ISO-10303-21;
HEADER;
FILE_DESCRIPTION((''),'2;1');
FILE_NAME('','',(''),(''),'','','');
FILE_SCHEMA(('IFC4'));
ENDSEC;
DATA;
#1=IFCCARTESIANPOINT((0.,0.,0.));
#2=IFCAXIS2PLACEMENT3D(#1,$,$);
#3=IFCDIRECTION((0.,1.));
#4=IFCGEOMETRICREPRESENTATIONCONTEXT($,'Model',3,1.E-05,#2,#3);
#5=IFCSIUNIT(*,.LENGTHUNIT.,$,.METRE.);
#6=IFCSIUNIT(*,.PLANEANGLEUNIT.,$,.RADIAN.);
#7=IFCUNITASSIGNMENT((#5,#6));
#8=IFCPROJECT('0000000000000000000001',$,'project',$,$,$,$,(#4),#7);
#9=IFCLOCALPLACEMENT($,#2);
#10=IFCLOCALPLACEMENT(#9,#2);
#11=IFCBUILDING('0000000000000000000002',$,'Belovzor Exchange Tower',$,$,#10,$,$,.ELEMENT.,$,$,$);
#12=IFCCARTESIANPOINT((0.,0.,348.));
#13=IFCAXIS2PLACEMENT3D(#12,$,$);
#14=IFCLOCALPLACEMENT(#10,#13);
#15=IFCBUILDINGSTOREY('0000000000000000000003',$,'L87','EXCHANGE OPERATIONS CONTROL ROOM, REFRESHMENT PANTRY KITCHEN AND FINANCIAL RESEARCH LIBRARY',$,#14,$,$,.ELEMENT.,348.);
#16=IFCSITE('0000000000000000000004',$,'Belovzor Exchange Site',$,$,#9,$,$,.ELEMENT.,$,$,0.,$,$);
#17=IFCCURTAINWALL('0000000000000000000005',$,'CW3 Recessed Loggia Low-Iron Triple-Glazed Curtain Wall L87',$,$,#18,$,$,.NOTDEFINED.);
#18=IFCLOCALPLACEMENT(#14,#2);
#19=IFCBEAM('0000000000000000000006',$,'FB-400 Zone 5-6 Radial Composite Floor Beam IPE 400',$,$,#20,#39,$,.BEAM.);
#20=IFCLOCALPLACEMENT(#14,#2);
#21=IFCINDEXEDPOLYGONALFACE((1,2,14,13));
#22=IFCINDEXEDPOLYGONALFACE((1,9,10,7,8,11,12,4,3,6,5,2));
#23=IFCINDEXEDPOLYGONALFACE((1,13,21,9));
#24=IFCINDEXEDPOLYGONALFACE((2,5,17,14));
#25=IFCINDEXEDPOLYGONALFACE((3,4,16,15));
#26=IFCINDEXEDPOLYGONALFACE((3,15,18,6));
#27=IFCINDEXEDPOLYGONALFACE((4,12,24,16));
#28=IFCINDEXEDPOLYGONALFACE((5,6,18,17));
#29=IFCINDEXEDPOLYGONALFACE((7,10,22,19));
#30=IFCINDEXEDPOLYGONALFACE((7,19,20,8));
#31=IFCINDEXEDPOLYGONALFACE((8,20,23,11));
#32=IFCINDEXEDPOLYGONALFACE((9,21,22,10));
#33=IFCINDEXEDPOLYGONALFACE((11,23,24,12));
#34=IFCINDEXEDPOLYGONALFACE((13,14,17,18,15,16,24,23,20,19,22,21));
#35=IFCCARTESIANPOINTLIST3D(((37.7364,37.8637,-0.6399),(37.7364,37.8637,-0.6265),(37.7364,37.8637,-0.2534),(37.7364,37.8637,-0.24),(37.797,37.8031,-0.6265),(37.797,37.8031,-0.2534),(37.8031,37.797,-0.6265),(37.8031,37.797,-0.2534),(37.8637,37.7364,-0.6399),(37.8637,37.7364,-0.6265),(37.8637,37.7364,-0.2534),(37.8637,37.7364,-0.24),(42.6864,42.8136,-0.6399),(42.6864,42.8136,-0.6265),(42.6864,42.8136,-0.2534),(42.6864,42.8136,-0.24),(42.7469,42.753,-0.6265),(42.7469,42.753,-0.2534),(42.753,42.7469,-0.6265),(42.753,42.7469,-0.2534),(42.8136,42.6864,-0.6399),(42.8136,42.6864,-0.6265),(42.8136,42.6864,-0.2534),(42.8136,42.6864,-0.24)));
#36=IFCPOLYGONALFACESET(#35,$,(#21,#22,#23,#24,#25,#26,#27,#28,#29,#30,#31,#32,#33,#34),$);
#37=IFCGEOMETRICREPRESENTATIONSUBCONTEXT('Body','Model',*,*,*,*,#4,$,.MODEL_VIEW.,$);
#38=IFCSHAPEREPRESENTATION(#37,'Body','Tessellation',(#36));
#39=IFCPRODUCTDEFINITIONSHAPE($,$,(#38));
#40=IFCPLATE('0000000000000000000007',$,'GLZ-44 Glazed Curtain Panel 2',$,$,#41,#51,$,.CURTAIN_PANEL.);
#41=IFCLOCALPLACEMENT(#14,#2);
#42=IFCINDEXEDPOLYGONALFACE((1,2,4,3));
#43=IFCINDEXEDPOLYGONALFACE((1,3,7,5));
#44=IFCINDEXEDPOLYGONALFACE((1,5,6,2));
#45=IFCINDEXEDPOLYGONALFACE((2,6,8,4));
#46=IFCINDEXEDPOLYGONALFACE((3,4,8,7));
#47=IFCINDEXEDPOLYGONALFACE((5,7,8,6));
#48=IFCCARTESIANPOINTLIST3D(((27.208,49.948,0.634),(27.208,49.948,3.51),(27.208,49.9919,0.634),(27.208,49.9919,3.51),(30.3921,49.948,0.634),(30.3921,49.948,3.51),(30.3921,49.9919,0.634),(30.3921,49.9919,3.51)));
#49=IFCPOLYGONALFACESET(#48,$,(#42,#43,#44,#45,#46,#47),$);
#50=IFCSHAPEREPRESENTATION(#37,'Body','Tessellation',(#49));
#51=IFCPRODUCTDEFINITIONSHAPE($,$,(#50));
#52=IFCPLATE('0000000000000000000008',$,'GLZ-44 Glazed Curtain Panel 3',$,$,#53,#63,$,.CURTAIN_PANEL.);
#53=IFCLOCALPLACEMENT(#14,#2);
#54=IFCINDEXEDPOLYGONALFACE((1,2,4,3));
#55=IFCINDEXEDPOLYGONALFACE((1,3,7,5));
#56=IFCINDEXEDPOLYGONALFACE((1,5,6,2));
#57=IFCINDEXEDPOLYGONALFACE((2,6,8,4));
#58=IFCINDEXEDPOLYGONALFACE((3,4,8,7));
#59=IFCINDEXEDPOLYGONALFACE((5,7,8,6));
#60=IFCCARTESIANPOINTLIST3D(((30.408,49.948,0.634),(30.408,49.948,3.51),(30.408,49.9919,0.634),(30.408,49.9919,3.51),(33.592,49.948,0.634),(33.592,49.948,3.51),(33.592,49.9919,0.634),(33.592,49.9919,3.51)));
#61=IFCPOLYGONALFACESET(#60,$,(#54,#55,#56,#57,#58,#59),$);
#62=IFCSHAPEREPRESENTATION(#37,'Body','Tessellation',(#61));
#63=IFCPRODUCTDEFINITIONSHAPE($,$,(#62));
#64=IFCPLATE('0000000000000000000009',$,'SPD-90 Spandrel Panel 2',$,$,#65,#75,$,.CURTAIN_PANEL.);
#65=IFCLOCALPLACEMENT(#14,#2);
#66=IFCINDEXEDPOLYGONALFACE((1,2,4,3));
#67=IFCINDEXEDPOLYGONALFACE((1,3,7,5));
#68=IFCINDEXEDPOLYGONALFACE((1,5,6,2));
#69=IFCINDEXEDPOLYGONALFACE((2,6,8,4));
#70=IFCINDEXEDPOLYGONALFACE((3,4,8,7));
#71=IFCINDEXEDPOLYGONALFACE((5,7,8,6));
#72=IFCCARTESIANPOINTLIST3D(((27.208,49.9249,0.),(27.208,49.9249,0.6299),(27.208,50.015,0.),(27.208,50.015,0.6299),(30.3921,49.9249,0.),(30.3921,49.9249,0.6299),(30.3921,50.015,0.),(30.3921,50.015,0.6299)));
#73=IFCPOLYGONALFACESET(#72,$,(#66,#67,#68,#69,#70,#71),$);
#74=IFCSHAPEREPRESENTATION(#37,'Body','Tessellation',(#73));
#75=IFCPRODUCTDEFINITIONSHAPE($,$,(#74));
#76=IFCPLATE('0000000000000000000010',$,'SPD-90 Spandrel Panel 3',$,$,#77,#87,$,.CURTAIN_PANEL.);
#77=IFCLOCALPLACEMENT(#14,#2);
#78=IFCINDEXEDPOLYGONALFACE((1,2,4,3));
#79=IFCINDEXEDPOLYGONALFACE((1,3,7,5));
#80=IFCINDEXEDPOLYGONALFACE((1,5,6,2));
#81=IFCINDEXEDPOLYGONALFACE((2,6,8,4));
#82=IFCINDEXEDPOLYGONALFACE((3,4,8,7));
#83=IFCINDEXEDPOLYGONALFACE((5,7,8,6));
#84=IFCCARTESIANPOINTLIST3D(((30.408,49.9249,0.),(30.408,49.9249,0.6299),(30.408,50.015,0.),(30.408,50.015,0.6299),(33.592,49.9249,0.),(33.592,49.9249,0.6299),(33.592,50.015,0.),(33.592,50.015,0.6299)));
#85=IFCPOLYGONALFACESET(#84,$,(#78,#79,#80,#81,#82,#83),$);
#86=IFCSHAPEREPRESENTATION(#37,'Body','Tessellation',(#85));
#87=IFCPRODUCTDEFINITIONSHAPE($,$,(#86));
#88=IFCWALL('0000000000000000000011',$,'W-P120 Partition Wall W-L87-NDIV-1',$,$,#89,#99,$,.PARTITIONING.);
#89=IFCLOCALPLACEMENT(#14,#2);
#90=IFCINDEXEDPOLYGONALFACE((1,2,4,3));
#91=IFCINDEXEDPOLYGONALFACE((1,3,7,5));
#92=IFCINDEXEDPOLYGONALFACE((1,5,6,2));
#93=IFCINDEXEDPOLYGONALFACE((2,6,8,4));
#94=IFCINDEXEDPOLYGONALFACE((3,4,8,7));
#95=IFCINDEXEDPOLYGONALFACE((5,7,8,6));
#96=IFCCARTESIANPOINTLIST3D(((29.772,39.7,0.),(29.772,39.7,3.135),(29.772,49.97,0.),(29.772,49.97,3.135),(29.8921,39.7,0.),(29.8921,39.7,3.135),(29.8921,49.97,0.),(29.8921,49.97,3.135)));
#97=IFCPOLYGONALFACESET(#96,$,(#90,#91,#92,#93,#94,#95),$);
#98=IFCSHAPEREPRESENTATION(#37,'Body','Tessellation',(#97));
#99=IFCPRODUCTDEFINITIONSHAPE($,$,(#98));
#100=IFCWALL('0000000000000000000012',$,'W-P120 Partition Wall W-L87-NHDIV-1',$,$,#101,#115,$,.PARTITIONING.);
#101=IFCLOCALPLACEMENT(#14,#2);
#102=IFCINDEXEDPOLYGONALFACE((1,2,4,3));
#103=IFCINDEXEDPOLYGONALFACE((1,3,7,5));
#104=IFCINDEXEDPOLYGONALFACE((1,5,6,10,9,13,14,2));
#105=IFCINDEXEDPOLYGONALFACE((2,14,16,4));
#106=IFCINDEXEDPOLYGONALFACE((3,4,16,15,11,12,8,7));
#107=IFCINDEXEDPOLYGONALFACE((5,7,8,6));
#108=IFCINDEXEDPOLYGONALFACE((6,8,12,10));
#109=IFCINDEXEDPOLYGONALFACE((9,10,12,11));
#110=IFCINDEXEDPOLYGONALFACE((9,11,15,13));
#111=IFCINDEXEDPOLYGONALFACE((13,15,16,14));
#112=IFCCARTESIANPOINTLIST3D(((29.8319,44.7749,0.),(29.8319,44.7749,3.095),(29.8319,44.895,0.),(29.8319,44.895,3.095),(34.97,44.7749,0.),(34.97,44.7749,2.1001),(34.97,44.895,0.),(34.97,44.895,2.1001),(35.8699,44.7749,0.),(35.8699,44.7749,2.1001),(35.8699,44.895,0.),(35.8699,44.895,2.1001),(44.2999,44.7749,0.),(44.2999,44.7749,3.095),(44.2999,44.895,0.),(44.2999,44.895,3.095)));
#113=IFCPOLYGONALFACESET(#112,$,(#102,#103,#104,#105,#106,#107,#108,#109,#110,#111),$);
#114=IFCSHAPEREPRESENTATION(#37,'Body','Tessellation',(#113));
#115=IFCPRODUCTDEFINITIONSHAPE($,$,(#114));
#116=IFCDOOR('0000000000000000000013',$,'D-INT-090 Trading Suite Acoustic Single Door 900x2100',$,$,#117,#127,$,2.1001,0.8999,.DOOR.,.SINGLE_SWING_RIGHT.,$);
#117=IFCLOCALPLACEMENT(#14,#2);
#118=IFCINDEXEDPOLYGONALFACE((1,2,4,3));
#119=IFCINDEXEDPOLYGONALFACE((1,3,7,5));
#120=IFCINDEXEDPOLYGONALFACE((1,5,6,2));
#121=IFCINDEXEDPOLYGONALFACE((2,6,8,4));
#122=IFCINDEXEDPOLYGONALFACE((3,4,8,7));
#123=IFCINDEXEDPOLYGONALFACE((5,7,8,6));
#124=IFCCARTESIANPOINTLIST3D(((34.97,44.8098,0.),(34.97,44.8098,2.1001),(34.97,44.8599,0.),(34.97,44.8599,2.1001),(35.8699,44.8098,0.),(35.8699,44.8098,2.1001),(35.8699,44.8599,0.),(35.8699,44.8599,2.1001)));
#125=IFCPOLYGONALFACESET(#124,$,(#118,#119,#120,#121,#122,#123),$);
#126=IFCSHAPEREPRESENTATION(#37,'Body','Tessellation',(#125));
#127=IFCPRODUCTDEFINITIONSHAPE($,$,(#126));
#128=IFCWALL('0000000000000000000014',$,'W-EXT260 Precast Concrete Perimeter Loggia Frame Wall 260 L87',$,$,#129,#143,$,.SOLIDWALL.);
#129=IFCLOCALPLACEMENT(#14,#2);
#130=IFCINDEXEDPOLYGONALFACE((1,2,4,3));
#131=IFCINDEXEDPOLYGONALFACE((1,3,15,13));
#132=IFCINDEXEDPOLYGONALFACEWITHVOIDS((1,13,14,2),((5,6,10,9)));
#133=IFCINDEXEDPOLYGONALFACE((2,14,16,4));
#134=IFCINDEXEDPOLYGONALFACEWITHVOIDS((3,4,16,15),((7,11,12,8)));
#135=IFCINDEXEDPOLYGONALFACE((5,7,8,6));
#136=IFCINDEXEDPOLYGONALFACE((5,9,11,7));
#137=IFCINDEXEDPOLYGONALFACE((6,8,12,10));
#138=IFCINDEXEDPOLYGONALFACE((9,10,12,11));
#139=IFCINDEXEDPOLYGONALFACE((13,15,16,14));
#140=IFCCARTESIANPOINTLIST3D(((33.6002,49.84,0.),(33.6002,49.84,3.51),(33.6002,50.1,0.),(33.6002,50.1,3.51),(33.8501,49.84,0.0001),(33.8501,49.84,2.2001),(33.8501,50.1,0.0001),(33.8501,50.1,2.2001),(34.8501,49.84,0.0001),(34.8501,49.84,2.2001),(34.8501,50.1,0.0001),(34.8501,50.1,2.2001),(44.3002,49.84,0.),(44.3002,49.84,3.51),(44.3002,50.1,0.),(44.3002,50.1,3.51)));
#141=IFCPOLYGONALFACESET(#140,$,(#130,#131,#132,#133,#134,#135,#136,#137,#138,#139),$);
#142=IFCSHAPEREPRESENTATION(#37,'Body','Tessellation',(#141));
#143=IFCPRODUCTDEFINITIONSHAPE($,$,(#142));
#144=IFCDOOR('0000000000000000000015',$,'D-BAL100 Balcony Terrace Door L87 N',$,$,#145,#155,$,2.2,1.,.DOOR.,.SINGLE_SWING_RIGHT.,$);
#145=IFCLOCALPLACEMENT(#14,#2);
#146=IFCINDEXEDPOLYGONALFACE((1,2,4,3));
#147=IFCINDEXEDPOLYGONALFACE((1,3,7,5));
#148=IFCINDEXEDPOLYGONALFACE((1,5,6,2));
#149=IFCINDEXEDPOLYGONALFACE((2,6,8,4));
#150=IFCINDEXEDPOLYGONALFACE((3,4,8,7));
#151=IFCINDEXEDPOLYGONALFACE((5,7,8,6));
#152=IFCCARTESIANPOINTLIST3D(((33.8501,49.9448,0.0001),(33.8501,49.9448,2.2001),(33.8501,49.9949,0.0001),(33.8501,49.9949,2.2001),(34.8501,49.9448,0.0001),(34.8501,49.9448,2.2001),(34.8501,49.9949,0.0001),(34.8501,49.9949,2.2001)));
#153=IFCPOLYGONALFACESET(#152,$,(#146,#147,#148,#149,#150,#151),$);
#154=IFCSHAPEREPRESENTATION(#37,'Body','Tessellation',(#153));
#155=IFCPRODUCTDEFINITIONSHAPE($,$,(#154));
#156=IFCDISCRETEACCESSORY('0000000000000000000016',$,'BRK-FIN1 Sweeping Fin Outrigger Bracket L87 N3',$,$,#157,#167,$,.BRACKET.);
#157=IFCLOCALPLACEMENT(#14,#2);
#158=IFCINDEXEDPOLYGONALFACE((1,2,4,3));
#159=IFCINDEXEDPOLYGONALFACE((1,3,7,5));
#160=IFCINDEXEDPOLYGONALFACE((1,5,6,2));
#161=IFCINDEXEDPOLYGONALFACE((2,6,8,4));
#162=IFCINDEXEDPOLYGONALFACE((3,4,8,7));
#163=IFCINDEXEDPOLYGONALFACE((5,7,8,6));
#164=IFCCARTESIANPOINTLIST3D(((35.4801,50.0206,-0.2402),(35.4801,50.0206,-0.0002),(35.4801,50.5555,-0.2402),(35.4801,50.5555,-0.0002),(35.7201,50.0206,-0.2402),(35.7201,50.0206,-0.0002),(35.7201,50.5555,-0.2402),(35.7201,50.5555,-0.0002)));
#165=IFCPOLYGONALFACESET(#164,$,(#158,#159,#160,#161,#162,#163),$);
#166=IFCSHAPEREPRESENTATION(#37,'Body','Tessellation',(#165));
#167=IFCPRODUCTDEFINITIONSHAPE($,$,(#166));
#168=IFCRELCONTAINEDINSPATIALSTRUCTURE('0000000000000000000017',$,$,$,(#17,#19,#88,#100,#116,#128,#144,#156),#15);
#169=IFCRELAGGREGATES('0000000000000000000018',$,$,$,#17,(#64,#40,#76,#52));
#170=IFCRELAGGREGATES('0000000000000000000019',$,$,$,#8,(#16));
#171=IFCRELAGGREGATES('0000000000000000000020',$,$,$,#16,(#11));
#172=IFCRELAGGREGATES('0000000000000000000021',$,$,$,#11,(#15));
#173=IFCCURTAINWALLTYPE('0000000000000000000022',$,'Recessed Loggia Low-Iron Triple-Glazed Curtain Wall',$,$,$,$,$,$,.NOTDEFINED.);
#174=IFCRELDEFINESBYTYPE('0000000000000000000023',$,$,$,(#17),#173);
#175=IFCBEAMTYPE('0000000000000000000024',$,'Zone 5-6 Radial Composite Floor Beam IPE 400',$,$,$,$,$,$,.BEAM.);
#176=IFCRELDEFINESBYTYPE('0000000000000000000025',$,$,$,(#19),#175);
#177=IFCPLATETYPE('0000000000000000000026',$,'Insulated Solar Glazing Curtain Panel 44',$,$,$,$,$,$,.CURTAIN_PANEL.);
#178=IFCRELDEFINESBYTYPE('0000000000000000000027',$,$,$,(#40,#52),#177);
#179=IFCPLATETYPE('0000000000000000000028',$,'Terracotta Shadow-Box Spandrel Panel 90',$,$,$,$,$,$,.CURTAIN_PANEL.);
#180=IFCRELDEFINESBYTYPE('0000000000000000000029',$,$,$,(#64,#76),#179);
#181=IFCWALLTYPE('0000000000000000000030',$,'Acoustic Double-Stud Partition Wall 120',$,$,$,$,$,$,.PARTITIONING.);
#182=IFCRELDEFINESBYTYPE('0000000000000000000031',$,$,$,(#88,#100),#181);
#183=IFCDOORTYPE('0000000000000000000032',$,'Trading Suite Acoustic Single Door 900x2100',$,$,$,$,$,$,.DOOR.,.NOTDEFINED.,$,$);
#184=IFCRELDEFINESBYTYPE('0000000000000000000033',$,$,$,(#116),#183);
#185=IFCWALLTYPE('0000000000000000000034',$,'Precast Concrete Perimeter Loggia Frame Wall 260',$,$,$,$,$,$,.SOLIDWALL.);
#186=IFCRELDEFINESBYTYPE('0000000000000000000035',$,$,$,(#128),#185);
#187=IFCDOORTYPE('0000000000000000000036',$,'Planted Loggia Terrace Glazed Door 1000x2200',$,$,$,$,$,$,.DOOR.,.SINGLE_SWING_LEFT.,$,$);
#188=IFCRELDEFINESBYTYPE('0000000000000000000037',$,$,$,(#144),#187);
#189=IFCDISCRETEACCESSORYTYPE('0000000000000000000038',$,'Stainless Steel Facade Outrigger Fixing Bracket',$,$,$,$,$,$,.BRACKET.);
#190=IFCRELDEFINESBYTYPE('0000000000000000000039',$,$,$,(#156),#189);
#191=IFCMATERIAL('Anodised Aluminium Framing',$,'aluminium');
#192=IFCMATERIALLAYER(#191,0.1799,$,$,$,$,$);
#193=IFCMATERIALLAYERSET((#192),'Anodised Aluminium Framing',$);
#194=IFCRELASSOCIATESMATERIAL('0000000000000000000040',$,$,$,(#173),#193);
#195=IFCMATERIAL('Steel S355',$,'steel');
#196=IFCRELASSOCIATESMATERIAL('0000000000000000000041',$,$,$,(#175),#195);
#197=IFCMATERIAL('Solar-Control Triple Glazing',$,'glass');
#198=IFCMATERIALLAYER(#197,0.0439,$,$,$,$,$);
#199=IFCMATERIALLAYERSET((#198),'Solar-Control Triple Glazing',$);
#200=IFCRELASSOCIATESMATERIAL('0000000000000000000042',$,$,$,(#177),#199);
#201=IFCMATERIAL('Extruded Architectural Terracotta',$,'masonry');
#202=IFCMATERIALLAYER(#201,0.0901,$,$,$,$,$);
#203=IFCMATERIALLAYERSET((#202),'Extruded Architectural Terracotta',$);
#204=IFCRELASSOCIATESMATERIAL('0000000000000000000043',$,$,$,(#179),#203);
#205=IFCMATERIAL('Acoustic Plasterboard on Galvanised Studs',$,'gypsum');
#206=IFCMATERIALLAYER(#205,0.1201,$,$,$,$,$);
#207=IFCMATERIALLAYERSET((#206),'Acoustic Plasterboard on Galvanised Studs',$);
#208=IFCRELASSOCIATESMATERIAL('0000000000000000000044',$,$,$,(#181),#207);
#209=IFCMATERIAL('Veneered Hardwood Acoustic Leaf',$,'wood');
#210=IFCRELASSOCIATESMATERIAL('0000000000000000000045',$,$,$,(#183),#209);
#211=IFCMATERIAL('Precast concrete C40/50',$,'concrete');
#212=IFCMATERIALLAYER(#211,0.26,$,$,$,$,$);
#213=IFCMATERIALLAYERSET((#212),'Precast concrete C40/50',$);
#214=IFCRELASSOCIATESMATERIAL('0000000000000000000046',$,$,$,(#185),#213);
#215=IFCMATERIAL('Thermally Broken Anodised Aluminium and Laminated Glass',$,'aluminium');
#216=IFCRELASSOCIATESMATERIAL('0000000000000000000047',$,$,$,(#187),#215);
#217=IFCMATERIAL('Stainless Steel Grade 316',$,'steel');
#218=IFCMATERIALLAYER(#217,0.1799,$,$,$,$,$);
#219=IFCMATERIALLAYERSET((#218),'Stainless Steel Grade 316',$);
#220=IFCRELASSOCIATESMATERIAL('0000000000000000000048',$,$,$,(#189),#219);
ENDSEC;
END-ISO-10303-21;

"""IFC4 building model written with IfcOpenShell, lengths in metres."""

from ifc_helpers import new_model, si_unit, direction, frame, frame_2d, origin, origin_2d, place, context, subcontext, project, spatial, rectangle, i_section, extrude, material, layer, layer_set, material_profile, profile_set, type_object, element, fill, aggregate, save


model = new_model("IFC4")

# Units and contexts
model_context = context("Model", 3, precision=1e-05, world=origin(), true_north=direction((0.0, 1.0)))
body_context = subcontext(model_context, "Body", "Model", "MODEL_VIEW")
ifc_project = project(units=[si_unit("LENGTHUNIT", "METRE"), si_unit("PLANEANGLEUNIT", "RADIAN")], contexts=[model_context])

# Site, building, storey
site_placement = place(None, origin())
site = spatial("IfcSite", under=ifc_project, at=site_placement, Name="Belovzor Exchange Site", CompositionType="ELEMENT", RefElevation=0.0)
building_placement = place(site_placement, origin())
building = spatial("IfcBuilding", under=site, at=building_placement, Name="Belovzor Exchange Tower", CompositionType="ELEMENT")
storey_placement = place(building_placement, frame((0.0, 0.0, 348.0)))
storey = spatial("IfcBuildingStorey", under=building, at=storey_placement, Name="L87", Description="EXCHANGE OPERATIONS CONTROL ROOM, REFRESHMENT PANTRY KITCHEN AND FINANCIAL RESEARCH LIBRARY", CompositionType="ELEMENT", Elevation=348.0)

# Curtain wall
ifc_material_1 = material(Name="Anodised Aluminium Framing", Category="aluminium")
ifc_layer_1 = layer(ifc_material_1, 0.1799)
ifc_layer_set_1 = layer_set([ifc_layer_1], Name="Anodised Aluminium Framing")
curtain_wall_type = type_object("IfcCurtainWallType", Name="Recessed Loggia Low-Iron Triple-Glazed Curtain Wall", PredefinedType="NOTDEFINED", material=ifc_layer_set_1)
curtain_wall_placement = place(storey_placement, origin())
curtain_wall = element("IfcCurtainWall", 1, at=curtain_wall_placement, inside=storey, type_object=curtain_wall_type, Name="CW3 Recessed Loggia Low-Iron Triple-Glazed Curtain Wall L87", PredefinedType="NOTDEFINED")

# Beam
ifc_material_2 = material(Name="Steel S355", Category="steel")
ifc_material_profile_1 = material_profile(ifc_material_2, i_section(OverallWidth=0.1799, OverallDepth=0.3999, WebThickness=0.0085, FlangeThickness=0.0134, at=origin_2d()))
ifc_profile_set_1 = profile_set([ifc_material_profile_1], Name="Steel S355")
beam_type_1 = type_object("IfcBeamType", Name="Zone 5-6 Radial Composite Floor Beam IPE 400", PredefinedType="BEAM", material=ifc_profile_set_1)
beam_1_placement = place(storey_placement, frame((37.8, 37.8, -0.4399), z_axis=(0.707107, 0.707107, 0.0), x_axis=(-0.707107, 0.707107, 0.0)))
element("IfcBeam", 2, at=beam_1_placement, inside=storey, type_object=beam_type_1, Name="FB-400 Zone 5-6 Radial Composite Floor Beam IPE 400", PredefinedType="BEAM", context=body_context, shape_type="SweptSolid", body=[
    extrude(i_section(OverallWidth=0.1799, OverallDepth=0.3999, WebThickness=0.0085, FlangeThickness=0.0134, at=origin_2d()), origin(), (0.0, 0.0, 1.0), 7.0002),
])

# Plates
ifc_material_3 = material(Name="Solar-Control Triple Glazing", Category="glass")
ifc_layer_2 = layer(ifc_material_3, 0.0439)
ifc_layer_set_2 = layer_set([ifc_layer_2], Name="Solar-Control Triple Glazing")
plate_type_1 = type_object("IfcPlateType", Name="Insulated Solar Glazing Curtain Panel 44", PredefinedType="CURTAIN_PANEL", material=ifc_layer_set_2)
plate_1_placement = place(storey_placement, frame((28.8, 49.97, 0.634), z_axis=(0.0, 0.0, 1.0), x_axis=(1.0, 0.0, 0.0)))
plate_1 = element("IfcPlate", 3, at=plate_1_placement, type_object=plate_type_1, Name="GLZ-44 Glazed Curtain Panel 2", PredefinedType="CURTAIN_PANEL", context=body_context, shape_type="SweptSolid", body=[
    extrude(rectangle(XDim=3.1841, YDim=0.0439, at=origin_2d()), origin(), (0.0, 0.0, 1.0), 2.876),
])
plate_2_placement = place(storey_placement, frame((32.0, 49.97, 0.634), z_axis=(0.0, 0.0, 1.0), x_axis=(1.0, 0.0, 0.0)))
plate_2 = element("IfcPlate", 4, at=plate_2_placement, type_object=plate_type_1, Name="GLZ-44 Glazed Curtain Panel 3", PredefinedType="CURTAIN_PANEL", context=body_context, shape_type="SweptSolid", body=[
    extrude(rectangle(XDim=3.1841, YDim=0.0439, at=origin_2d()), origin(), (0.0, 0.0, 1.0), 2.876),
])
ifc_material_4 = material(Name="Extruded Architectural Terracotta", Category="masonry")
ifc_layer_3 = layer(ifc_material_4, 0.0901)
ifc_layer_set_3 = layer_set([ifc_layer_3], Name="Extruded Architectural Terracotta")
plate_type_2 = type_object("IfcPlateType", Name="Terracotta Shadow-Box Spandrel Panel 90", PredefinedType="CURTAIN_PANEL", material=ifc_layer_set_3)
plate_3_placement = place(storey_placement, frame((28.8, 49.97, 0.0), z_axis=(0.0, 0.0, 1.0), x_axis=(1.0, 0.0, 0.0)))
plate_3 = element("IfcPlate", 5, at=plate_3_placement, type_object=plate_type_2, Name="SPD-90 Spandrel Panel 2", PredefinedType="CURTAIN_PANEL", context=body_context, shape_type="SweptSolid", body=[
    extrude(rectangle(XDim=3.1841, YDim=0.0901, at=origin_2d()), origin(), (0.0, 0.0, 1.0), 0.6299),
])
plate_4_placement = place(storey_placement, frame((32.0, 49.97, 0.0), z_axis=(0.0, 0.0, 1.0), x_axis=(1.0, 0.0, 0.0)))
plate_4 = element("IfcPlate", 6, at=plate_4_placement, type_object=plate_type_2, Name="SPD-90 Spandrel Panel 3", PredefinedType="CURTAIN_PANEL", context=body_context, shape_type="SweptSolid", body=[
    extrude(rectangle(XDim=3.1841, YDim=0.0901, at=origin_2d()), origin(), (0.0, 0.0, 1.0), 0.6299),
])
aggregate(curtain_wall, [plate_3, plate_1, plate_4, plate_2])

# Wall
ifc_material_5 = material(Name="Acoustic Plasterboard on Galvanised Studs", Category="gypsum")
ifc_layer_4 = layer(ifc_material_5, 0.1201)
ifc_layer_set_4 = layer_set([ifc_layer_4], Name="Acoustic Plasterboard on Galvanised Studs")
wall_type_1 = type_object("IfcWallType", Name="Acoustic Double-Stud Partition Wall 120", PredefinedType="PARTITIONING", material=ifc_layer_set_4)
wall_1_placement = place(storey_placement, frame((29.832, 39.7, 0.0), z_axis=(0.0, 0.0, 1.0), x_axis=(0.0, 1.0, 0.0)))
element("IfcWall", 7, at=wall_1_placement, inside=storey, type_object=wall_type_1, Name="W-P120 Partition Wall W-L87-NDIV-1", PredefinedType="PARTITIONING", context=body_context, shape_type="SweptSolid", body=[
    extrude(rectangle(XDim=10.27, YDim=0.1201, at=frame_2d((5.135, 0.0))), origin(), (0.0, 0.0, 1.0), 3.135),
])

# Walls, openings, doors
wall_2_placement = place(storey_placement, frame((29.832, 44.835, 0.0), z_axis=(0.0, 0.0, 1.0), x_axis=(1.0, 0.0, 0.0)))
wall_2 = element("IfcWall", 8, at=wall_2_placement, inside=storey, type_object=wall_type_1, Name="W-P120 Partition Wall W-L87-NHDIV-1", PredefinedType="PARTITIONING", context=body_context, shape_type="SweptSolid", body=[
    extrude(rectangle(XDim=14.468, YDim=0.1201, at=frame_2d((7.2339, 0.0))), origin(), (0.0, 0.0, 1.0), 3.095),
])
opening_1_placement = place(wall_2_placement, frame((5.1379, 0.0, 0.0)))
opening_1 = element("IfcOpeningElement", 9, at=opening_1_placement, cuts=wall_2, PredefinedType="OPENING", context=body_context, shape_type="SweptSolid", body=[
    extrude(rectangle(XDim=0.8999, YDim=2.1001, at=frame_2d((0.45, 1.05))), frame((0.0, 0.0701, 0.0), z_axis=(0.0, -1.0, 0.0), x_axis=(1.0, 0.0, 0.0)), (0.0, 0.0, 1.0), 0.1401),
])
ifc_material_6 = material(Name="Veneered Hardwood Acoustic Leaf", Category="wood")
door_type_1 = type_object("IfcDoorType", Name="Trading Suite Acoustic Single Door 900x2100", OperationType="NOTDEFINED", PredefinedType="DOOR", material=ifc_material_6)
door_1_placement = place(opening_1_placement, origin())
door_1 = element("IfcDoor", 10, at=door_1_placement, inside=storey, type_object=door_type_1, Name="D-INT-090 Trading Suite Acoustic Single Door 900x2100", OperationType="SINGLE_SWING_RIGHT", OverallHeight=2.1001, OverallWidth=0.8999, PredefinedType="DOOR", context=body_context, shape_type="SweptSolid", body=[
    extrude(rectangle(XDim=0.8999, YDim=2.1001, at=frame_2d((0.45, 1.05))), frame((0.0, 0.0249, 0.0), z_axis=(0.0, -1.0, 0.0), x_axis=(1.0, 0.0, 0.0)), (0.0, 0.0, 1.0), 0.05),
])
fill(opening_1, door_1)
ifc_material_7 = material(Name="Precast concrete C40/50", Category="concrete")
ifc_layer_5 = layer(ifc_material_7, 0.26)
ifc_layer_set_5 = layer_set([ifc_layer_5], Name="Precast concrete C40/50")
wall_type_2 = type_object("IfcWallType", Name="Precast Concrete Perimeter Loggia Frame Wall 260", PredefinedType="SOLIDWALL", material=ifc_layer_set_5)
wall_3_placement = place(storey_placement, frame((33.6001, 49.97, 0.0), z_axis=(0.0, 0.0, 1.0), x_axis=(1.0, 0.0, 0.0)))
wall_3 = element("IfcWall", 11, at=wall_3_placement, inside=storey, type_object=wall_type_2, Name="W-EXT260 Precast Concrete Perimeter Loggia Frame Wall 260 L87", PredefinedType="SOLIDWALL", context=body_context, shape_type="SweptSolid", body=[
    extrude(rectangle(XDim=10.7, YDim=0.26, at=frame_2d((5.3501, 0.0))), origin(), (0.0, 0.0, 1.0), 3.51),
])
opening_2_placement = place(wall_3_placement, frame((0.25, 0.0, 0.0)))
opening_2 = element("IfcOpeningElement", 12, at=opening_2_placement, cuts=wall_3, PredefinedType="OPENING", context=body_context, shape_type="SweptSolid", body=[
    extrude(rectangle(XDim=1.0, YDim=2.2, at=frame_2d((0.5, 1.1001))), frame((0.0, 0.1399, 0.0), z_axis=(0.0, -1.0, 0.0), x_axis=(1.0, 0.0, 0.0)), (0.0, 0.0, 1.0), 0.28),
])
ifc_material_8 = material(Name="Thermally Broken Anodised Aluminium and Laminated Glass", Category="aluminium")
door_type_2 = type_object("IfcDoorType", Name="Planted Loggia Terrace Glazed Door 1000x2200", OperationType="SINGLE_SWING_LEFT", PredefinedType="DOOR", material=ifc_material_8)
door_2_placement = place(opening_2_placement, origin())
door_2 = element("IfcDoor", 13, at=door_2_placement, inside=storey, type_object=door_type_2, Name="D-BAL100 Balcony Terrace Door L87 N", OperationType="SINGLE_SWING_RIGHT", OverallHeight=2.2, OverallWidth=1.0, PredefinedType="DOOR", context=body_context, shape_type="SweptSolid", body=[
    extrude(rectangle(XDim=1.0, YDim=2.2, at=frame_2d((0.5, 1.1001))), frame((0.0, 0.0249, 0.0), z_axis=(0.0, -1.0, 0.0), x_axis=(1.0, 0.0, 0.0)), (0.0, 0.0, 1.0), 0.05),
])
fill(opening_2, door_2)

# Discrete accessory
ifc_material_9 = material(Name="Stainless Steel Grade 316", Category="steel")
ifc_layer_6 = layer(ifc_material_9, 0.1799)
ifc_layer_set_6 = layer_set([ifc_layer_6], Name="Stainless Steel Grade 316")
discrete_accessory_type = type_object("IfcDiscreteAccessoryType", Name="Stainless Steel Facade Outrigger Fixing Bracket", PredefinedType="BRACKET", material=ifc_layer_set_6)
discrete_accessory_placement = place(storey_placement, frame((35.6001, 50.2881, -0.2402), z_axis=(0.0, 0.0, 1.0), x_axis=(0.0, 1.0, 0.0)))
element("IfcDiscreteAccessory", 14, at=discrete_accessory_placement, inside=storey, type_object=discrete_accessory_type, Name="BRK-FIN1 Sweeping Fin Outrigger Bracket L87 N3", PredefinedType="BRACKET", context=body_context, shape_type="SweptSolid", body=[
    extrude(rectangle(XDim=0.5349, YDim=0.24, at=origin_2d()), origin(), (0.0, 0.0, 1.0), 0.24),
])

save(model, "model.ifc")
